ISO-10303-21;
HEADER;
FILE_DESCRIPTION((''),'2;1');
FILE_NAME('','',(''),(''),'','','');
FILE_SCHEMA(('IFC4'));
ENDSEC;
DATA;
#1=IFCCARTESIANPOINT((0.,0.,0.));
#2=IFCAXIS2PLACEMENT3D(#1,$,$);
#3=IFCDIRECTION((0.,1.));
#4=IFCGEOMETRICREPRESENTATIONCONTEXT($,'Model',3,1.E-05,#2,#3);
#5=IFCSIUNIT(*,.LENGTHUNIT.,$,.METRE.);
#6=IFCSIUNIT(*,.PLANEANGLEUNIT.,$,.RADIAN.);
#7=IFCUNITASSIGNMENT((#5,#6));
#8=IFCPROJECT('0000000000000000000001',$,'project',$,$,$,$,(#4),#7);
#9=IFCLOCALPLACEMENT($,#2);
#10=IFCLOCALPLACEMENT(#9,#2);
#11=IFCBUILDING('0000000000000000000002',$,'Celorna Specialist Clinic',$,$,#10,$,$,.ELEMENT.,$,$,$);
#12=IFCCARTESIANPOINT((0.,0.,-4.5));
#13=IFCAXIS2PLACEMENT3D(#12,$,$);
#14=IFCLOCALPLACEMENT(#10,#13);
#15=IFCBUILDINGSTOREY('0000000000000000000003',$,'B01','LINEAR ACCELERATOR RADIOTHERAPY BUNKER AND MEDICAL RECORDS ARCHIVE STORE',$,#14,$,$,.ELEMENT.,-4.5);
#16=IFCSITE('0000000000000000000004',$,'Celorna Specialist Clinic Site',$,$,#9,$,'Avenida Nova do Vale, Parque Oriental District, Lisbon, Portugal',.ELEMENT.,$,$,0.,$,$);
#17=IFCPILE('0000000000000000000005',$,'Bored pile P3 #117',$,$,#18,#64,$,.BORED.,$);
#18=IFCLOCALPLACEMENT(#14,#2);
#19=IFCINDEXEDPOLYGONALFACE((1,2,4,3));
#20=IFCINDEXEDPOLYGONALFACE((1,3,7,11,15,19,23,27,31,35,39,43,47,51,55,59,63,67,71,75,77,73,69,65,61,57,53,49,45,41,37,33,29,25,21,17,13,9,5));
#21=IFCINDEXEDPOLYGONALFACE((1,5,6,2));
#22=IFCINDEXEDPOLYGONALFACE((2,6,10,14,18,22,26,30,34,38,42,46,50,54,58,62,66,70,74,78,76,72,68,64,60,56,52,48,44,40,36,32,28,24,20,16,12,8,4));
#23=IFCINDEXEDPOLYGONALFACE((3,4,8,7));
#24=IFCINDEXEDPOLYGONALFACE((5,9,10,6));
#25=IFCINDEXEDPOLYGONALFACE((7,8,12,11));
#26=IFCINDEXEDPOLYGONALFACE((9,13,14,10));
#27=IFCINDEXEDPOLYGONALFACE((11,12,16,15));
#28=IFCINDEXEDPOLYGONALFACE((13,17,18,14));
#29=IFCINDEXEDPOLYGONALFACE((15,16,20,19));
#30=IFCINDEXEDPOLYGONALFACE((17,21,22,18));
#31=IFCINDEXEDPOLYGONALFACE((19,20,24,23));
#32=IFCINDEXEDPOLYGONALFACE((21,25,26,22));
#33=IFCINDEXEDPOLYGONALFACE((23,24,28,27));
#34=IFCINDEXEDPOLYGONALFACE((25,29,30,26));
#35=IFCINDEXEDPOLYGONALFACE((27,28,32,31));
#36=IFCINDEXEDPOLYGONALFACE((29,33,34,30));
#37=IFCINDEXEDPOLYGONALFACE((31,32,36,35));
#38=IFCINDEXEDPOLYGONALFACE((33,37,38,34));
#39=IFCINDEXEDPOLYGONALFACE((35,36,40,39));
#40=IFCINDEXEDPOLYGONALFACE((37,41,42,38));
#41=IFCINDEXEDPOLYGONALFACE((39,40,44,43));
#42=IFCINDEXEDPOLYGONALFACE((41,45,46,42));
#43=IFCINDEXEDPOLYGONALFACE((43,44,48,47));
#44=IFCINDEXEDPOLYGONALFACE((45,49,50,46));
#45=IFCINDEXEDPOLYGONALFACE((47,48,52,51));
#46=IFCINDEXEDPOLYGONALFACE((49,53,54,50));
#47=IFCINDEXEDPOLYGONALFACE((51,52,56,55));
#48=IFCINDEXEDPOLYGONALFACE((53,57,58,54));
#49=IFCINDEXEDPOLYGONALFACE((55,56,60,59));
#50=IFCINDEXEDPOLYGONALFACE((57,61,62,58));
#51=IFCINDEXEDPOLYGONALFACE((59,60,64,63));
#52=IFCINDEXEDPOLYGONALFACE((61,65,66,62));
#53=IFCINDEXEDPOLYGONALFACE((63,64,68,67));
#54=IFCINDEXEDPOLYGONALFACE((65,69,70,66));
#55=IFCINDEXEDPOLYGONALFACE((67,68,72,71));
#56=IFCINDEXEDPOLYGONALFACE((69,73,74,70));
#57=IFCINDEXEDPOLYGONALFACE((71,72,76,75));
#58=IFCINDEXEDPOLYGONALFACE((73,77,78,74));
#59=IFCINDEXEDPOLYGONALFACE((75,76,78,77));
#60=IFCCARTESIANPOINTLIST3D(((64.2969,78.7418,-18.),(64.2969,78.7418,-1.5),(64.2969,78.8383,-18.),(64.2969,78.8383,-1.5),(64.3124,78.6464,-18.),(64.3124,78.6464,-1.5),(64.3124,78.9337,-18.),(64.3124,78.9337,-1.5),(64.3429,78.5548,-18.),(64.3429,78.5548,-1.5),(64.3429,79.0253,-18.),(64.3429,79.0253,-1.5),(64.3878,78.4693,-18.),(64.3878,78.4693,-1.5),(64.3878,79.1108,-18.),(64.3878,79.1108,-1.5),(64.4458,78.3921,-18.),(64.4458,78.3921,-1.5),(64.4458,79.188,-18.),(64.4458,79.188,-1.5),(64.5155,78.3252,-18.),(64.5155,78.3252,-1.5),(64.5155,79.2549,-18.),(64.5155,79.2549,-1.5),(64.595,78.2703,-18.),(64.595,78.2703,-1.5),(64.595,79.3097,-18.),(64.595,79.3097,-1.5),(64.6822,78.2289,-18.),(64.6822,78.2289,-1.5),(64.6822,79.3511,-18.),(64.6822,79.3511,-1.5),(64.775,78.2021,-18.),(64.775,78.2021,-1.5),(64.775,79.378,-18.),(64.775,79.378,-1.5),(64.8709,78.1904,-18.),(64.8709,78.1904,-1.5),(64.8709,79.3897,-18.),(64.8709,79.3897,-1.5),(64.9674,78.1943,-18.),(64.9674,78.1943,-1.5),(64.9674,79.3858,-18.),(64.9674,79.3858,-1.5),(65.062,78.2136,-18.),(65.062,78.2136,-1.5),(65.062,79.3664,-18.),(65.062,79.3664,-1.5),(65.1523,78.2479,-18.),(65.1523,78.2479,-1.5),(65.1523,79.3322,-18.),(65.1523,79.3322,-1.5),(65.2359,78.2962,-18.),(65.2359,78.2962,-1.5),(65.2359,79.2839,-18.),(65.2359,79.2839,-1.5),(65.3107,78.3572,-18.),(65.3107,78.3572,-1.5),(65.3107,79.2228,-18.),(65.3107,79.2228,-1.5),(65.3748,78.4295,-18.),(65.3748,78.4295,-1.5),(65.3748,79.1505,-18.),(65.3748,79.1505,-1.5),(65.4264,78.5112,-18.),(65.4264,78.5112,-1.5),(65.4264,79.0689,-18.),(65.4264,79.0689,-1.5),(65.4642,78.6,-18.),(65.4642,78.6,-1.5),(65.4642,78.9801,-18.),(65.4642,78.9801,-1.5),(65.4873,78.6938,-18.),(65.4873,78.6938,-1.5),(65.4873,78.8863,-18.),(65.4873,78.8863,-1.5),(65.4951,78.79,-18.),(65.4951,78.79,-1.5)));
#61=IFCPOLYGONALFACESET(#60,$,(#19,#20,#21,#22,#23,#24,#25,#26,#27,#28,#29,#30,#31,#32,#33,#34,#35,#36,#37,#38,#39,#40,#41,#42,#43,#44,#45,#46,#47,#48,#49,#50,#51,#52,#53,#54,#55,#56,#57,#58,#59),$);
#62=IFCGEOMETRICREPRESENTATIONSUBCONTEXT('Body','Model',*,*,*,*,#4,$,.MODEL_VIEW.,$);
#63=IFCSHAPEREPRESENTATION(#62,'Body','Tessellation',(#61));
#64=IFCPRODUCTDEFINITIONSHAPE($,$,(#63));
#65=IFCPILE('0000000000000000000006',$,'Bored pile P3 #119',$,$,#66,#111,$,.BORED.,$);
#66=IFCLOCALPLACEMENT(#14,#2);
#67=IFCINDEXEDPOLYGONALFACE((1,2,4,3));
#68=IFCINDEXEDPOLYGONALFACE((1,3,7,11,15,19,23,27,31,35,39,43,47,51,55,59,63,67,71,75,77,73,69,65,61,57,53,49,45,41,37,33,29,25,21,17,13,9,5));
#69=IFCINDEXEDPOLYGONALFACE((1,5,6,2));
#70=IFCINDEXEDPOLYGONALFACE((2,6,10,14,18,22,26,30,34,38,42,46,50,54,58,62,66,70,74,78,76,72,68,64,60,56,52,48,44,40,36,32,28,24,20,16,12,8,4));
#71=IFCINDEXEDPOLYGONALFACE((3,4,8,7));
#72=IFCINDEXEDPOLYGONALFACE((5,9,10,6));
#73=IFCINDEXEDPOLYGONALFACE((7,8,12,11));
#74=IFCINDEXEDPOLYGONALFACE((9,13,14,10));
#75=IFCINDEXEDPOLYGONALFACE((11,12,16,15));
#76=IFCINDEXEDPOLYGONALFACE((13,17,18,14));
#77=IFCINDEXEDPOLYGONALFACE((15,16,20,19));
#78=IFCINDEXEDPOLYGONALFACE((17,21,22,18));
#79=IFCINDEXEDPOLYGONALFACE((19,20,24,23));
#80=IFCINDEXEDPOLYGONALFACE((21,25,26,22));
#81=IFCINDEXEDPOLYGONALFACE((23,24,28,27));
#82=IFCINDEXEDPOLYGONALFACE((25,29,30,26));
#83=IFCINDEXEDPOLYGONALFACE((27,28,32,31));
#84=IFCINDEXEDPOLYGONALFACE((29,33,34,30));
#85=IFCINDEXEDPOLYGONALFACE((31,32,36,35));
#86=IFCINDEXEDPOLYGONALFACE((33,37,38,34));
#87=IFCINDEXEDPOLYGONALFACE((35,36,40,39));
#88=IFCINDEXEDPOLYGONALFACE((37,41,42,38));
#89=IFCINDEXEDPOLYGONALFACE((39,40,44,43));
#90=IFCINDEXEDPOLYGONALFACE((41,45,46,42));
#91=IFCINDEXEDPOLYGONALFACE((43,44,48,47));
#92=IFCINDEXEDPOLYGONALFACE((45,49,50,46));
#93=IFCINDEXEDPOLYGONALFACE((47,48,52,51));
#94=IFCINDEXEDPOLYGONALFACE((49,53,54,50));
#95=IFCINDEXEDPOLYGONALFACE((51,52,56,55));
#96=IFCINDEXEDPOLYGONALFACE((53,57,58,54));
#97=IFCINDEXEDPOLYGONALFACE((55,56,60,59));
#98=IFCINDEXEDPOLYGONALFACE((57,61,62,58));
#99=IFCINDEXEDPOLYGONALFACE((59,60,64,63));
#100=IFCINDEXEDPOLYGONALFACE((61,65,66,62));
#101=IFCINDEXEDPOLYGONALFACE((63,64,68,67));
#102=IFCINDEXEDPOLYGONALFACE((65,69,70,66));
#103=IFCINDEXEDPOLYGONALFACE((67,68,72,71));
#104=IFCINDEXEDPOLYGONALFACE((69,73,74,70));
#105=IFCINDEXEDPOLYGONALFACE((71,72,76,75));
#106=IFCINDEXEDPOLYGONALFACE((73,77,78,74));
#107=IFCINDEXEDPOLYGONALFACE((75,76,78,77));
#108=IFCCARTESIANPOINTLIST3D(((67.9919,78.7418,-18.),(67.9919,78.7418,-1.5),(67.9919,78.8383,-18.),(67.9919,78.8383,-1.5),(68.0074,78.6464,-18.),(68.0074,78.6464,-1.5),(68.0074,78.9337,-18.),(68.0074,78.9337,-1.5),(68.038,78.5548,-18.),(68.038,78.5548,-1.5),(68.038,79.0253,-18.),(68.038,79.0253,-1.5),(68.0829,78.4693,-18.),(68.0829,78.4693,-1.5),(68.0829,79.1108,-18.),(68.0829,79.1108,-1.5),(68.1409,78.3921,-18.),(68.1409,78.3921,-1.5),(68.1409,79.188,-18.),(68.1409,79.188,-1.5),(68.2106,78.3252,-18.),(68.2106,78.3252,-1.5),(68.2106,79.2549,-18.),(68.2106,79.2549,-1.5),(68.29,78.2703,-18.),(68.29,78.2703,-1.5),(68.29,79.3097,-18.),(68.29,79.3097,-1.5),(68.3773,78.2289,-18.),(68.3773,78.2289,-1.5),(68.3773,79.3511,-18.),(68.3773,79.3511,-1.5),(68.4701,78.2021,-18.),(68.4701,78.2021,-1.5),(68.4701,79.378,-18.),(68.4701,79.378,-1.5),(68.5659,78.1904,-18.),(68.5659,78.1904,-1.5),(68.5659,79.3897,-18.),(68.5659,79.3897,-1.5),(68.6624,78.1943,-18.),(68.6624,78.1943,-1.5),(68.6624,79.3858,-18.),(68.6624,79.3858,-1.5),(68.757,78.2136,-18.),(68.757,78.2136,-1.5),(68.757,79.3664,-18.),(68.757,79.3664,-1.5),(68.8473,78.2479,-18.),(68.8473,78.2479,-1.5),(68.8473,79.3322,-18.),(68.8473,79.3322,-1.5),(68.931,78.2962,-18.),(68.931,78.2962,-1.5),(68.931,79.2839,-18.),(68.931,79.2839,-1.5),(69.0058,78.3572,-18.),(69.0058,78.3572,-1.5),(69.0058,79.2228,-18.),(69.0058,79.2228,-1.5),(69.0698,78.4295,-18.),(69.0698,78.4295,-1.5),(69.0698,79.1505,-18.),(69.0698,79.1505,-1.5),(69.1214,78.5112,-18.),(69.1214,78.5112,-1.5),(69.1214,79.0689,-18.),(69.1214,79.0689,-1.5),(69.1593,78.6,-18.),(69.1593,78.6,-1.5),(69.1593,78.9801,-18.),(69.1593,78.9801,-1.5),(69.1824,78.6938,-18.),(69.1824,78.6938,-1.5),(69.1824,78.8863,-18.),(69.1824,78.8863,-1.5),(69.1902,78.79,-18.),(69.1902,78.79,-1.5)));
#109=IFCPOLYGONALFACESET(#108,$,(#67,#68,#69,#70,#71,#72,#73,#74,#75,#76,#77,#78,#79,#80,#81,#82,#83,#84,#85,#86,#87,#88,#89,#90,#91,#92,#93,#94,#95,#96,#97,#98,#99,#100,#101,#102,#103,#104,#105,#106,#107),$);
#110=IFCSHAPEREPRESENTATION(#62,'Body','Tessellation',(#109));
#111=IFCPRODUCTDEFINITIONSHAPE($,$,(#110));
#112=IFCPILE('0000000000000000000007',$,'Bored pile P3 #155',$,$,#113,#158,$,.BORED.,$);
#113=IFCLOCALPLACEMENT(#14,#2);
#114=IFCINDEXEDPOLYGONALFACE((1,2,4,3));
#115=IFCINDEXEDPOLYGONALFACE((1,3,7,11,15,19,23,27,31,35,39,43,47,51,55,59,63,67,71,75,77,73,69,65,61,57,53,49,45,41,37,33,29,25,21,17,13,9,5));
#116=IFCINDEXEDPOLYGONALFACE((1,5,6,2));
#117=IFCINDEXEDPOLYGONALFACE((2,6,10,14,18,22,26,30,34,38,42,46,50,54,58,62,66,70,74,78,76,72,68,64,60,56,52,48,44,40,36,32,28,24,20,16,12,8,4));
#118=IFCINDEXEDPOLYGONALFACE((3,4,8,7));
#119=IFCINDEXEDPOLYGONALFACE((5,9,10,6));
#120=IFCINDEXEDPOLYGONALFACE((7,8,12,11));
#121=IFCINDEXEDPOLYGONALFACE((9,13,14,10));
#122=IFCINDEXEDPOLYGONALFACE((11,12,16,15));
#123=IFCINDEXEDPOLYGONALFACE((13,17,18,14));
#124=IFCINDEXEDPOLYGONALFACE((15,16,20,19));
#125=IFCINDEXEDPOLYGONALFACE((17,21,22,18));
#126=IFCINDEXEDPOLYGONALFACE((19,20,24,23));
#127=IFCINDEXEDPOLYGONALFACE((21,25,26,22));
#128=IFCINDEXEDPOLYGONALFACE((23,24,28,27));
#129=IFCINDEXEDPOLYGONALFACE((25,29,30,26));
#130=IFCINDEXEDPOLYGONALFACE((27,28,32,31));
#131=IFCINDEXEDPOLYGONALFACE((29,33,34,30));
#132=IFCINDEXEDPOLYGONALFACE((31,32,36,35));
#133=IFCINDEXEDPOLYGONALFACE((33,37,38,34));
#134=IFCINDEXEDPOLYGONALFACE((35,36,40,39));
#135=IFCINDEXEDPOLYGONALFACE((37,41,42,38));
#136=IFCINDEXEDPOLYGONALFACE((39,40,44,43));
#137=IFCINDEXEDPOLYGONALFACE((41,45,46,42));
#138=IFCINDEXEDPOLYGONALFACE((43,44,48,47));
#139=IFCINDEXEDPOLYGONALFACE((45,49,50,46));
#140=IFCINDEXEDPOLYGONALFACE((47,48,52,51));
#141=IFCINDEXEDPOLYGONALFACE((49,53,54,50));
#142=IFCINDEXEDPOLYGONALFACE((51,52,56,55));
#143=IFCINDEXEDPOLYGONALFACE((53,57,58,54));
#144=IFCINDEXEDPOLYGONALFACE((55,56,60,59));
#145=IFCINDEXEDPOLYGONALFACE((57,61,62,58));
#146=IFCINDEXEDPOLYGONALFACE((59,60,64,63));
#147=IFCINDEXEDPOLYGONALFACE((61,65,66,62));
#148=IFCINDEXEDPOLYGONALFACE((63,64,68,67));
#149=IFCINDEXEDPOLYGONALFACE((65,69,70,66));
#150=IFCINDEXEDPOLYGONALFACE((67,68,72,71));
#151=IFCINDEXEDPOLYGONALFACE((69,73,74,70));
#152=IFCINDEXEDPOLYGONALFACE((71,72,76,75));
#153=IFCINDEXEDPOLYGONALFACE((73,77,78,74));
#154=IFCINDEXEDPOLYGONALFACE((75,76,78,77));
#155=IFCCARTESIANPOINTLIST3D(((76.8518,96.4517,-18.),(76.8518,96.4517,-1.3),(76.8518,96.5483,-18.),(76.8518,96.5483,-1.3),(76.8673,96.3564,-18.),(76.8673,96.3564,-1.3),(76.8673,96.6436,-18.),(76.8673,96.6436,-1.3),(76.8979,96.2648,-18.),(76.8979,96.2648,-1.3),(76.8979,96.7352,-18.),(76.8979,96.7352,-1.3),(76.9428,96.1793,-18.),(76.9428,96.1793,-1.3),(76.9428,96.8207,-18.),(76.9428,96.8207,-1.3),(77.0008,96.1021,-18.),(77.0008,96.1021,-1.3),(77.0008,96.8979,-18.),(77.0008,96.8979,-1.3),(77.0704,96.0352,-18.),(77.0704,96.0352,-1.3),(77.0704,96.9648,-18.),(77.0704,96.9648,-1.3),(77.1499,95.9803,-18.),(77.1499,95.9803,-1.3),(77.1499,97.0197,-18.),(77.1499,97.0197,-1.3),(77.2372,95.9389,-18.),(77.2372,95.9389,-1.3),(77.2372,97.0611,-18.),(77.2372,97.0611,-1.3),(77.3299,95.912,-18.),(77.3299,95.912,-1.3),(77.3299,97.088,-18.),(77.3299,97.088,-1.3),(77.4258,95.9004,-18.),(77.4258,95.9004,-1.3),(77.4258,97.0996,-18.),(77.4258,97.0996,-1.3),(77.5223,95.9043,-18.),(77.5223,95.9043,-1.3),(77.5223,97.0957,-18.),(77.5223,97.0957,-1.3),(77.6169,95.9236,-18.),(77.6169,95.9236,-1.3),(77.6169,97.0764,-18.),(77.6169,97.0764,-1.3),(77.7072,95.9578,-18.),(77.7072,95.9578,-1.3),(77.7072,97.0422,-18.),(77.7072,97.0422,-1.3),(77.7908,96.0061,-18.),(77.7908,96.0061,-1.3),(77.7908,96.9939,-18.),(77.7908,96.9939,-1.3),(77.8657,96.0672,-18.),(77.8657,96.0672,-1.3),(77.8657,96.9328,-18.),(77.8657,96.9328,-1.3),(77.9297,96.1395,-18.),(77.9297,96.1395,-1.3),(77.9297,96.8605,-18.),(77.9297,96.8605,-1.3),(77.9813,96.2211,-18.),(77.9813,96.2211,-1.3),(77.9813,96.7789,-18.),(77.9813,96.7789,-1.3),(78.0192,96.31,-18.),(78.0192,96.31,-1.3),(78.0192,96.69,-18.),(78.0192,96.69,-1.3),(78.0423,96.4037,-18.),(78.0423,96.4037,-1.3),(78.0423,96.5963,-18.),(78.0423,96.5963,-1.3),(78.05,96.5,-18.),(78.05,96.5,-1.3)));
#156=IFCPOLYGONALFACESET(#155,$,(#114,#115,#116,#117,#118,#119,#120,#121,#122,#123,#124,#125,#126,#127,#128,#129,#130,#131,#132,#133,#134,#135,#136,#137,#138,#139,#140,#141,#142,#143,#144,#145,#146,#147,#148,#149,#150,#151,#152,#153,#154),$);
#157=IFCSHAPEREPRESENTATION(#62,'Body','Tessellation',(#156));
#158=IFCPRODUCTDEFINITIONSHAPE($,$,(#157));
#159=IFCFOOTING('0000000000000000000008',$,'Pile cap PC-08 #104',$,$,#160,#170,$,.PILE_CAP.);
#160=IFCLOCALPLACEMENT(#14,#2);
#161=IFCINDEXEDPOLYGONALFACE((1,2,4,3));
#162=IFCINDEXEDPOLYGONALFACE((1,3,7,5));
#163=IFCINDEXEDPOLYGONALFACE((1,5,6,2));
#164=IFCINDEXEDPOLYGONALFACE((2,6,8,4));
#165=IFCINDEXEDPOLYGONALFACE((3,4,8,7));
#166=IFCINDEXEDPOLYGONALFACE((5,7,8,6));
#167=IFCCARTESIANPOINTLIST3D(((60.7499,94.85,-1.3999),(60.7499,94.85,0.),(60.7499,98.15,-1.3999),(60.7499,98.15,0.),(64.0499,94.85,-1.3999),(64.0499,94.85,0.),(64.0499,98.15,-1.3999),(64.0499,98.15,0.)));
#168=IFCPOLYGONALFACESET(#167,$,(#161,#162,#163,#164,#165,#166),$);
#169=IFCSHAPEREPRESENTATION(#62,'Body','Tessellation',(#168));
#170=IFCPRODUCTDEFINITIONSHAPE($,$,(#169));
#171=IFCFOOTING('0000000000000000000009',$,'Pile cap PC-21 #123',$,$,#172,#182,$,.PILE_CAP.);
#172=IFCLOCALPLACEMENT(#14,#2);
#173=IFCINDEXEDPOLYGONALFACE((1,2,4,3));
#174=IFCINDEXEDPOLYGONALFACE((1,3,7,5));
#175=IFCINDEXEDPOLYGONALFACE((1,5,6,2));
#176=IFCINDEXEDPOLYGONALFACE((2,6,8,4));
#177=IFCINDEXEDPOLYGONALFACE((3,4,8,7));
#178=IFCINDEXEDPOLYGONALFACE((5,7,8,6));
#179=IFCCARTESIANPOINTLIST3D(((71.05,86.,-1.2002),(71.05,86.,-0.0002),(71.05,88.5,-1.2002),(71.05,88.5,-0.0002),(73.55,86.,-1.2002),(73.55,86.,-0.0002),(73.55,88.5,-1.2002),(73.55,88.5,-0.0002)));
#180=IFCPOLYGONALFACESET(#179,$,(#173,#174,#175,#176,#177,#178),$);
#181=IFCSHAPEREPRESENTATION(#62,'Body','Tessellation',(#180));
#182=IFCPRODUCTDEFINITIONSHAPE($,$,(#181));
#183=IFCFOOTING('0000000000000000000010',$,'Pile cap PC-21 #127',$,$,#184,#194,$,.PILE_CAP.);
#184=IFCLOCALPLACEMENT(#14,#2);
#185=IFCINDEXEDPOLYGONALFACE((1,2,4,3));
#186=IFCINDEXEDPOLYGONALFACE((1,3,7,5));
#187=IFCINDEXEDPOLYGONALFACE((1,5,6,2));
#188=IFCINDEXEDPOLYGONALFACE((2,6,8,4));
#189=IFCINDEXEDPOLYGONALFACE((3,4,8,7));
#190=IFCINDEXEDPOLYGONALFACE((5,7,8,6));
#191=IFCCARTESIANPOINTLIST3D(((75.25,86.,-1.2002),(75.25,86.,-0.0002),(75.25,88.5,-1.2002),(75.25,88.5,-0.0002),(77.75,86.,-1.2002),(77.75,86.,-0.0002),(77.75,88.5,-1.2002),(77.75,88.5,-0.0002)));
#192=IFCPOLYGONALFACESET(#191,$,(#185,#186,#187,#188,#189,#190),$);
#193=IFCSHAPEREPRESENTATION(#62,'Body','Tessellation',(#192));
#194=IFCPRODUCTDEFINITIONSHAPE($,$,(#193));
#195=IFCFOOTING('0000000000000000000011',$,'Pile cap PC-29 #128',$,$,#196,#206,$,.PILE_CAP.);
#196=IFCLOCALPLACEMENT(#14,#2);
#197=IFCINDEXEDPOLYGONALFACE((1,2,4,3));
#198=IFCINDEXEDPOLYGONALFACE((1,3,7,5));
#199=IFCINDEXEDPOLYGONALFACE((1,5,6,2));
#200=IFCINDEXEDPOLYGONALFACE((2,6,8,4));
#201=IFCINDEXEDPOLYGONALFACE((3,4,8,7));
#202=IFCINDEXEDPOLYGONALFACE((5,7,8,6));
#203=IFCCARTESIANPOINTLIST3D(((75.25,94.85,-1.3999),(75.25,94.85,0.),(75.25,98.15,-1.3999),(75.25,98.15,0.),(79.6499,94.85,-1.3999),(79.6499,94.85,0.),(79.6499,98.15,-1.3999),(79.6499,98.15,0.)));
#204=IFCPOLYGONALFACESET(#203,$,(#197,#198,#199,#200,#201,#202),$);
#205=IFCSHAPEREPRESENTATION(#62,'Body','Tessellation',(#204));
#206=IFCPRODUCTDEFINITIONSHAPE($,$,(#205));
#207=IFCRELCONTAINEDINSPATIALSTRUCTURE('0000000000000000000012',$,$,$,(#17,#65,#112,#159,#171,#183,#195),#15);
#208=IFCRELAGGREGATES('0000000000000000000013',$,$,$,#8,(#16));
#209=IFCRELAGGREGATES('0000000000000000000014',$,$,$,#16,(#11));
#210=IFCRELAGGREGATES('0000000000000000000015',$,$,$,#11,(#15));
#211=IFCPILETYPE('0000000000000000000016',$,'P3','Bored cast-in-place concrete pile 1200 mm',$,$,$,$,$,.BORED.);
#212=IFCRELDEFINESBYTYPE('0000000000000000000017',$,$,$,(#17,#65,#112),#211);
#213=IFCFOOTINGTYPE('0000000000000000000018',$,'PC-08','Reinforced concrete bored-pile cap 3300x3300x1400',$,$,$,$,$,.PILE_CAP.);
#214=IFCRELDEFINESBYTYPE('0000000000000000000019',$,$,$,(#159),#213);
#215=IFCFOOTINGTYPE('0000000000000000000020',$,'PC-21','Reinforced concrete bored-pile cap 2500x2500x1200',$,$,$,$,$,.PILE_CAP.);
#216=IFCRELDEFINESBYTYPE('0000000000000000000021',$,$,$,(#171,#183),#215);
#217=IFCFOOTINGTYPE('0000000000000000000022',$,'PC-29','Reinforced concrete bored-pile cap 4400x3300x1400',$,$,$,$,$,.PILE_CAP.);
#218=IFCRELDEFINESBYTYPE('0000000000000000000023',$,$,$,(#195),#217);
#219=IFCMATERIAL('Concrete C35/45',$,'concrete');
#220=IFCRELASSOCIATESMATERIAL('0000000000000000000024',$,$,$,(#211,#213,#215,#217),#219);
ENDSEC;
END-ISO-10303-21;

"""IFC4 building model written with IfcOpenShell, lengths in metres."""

from ifc_helpers import new_model, si_unit, direction, frame, origin, origin_2d, place, context, subcontext, project, spatial, rectangle, circle, extrude, material, material_profile, profile_set, type_object, element, save


model = new_model("IFC4")

# Units and contexts
model_context = context("Model", 3, precision=1e-05, world=origin(), true_north=direction((0.0, 1.0)))
body_context = subcontext(model_context, "Body", "Model", "MODEL_VIEW")
ifc_project = project(units=[si_unit("LENGTHUNIT", "METRE"), si_unit("PLANEANGLEUNIT", "RADIAN")], contexts=[model_context])

# Site, building, storey
site_placement = place(None, origin())
site = spatial("IfcSite", under=ifc_project, at=site_placement, Name="Celorna Specialist Clinic Site", LongName="Avenida Nova do Vale, Parque Oriental District, Lisbon, Portugal", CompositionType="ELEMENT", RefElevation=0.0)
building_placement = place(site_placement, origin())
building = spatial("IfcBuilding", under=site, at=building_placement, Name="Celorna Specialist Clinic", CompositionType="ELEMENT")
storey_placement = place(building_placement, frame((0.0, 0.0, -4.5)))
storey = spatial("IfcBuildingStorey", under=building, at=storey_placement, Name="B01", Description="LINEAR ACCELERATOR RADIOTHERAPY BUNKER AND MEDICAL RECORDS ARCHIVE STORE", CompositionType="ELEMENT", Elevation=-4.5)

# Shared definitions
ifc_material_1 = material(Name="Concrete C35/45", Category="concrete")

# Piles
ifc_material_profile_1 = material_profile(ifc_material_1, circle(Radius=0.6001, at=origin_2d()), Name="BORED PILE 1200")
ifc_profile_set_1 = profile_set([ifc_material_profile_1], Name="Concrete C35/45")
pile_type_1 = type_object("IfcPileType", Name="P3", Description="Bored cast-in-place concrete pile 1200 mm", PredefinedType="BORED", material=ifc_profile_set_1)
for number, where, z_axis, x_axis, name in (
    (1, (64.895, 78.79, -1.5), (0.0, 0.0, -1.0), (1.0, 0.0, 0.0), "Bored pile P3 #117"),
    (2, (68.5901, 78.79, -1.5), (0.0, 0.0, -1.0), (1.0, 0.0, 0.0), "Bored pile P3 #119"),
):
    element("IfcPile", number, at=place(storey_placement, frame(where, z_axis=z_axis, x_axis=x_axis)), inside=storey, type_object=pile_type_1, Name=name, PredefinedType="BORED", context=body_context, shape_type="SweptSolid", body=[
        extrude(circle(Radius=0.6001, at=origin_2d()), origin(), (0.0, 0.0, 1.0), 16.5),
    ])
pile_1_placement = place(storey_placement, frame((77.45, 96.5, -1.3), z_axis=(0.0, 0.0, -1.0), x_axis=(1.0, 0.0, 0.0)))
element("IfcPile", 3, at=pile_1_placement, inside=storey, type_object=pile_type_1, Name="Bored pile P3 #155", PredefinedType="BORED", context=body_context, shape_type="SweptSolid", body=[
    extrude(circle(Radius=0.6001, at=origin_2d()), origin(), (0.0, 0.0, 1.0), 16.7),
])

# Footings
footing_type_1 = type_object("IfcFootingType", Name="PC-08", Description="Reinforced concrete bored-pile cap 3300x3300x1400", PredefinedType="PILE_CAP", material=ifc_material_1)
footing_1_placement = place(storey_placement, frame((62.3999, 96.5, -1.3999), z_axis=(0.0, 0.0, 1.0), x_axis=(1.0, 0.0, 0.0)))
element("IfcFooting", 4, at=footing_1_placement, inside=storey, type_object=footing_type_1, Name="Pile cap PC-08 #104", PredefinedType="PILE_CAP", context=body_context, shape_type="SweptSolid", body=[
    extrude(rectangle(XDim=3.3, YDim=3.3, at=origin_2d()), origin(), (0.0, 0.0, 1.0), 1.3999),
])
footing_type_2 = type_object("IfcFootingType", Name="PC-21", Description="Reinforced concrete bored-pile cap 2500x2500x1200", PredefinedType="PILE_CAP", material=ifc_material_1)
for number, where, z_axis, x_axis, name in (
    (5, (72.3, 87.25, -1.2002), (0.0, 0.0, 1.0), (1.0, 0.0, 0.0), "Pile cap PC-21 #123"),
    (6, (76.5, 87.25, -1.2002), (0.0, 0.0, 1.0), (1.0, 0.0, 0.0), "Pile cap PC-21 #127"),
):
    element("IfcFooting", number, at=place(storey_placement, frame(where, z_axis=z_axis, x_axis=x_axis)), inside=storey, type_object=footing_type_2, Name=name, PredefinedType="PILE_CAP", context=body_context, shape_type="SweptSolid", body=[
        extrude(rectangle(XDim=2.5, YDim=2.5, at=origin_2d()), origin(), (0.0, 0.0, 1.0), 1.2),
    ])
footing_type_3 = type_object("IfcFootingType", Name="PC-29", Description="Reinforced concrete bored-pile cap 4400x3300x1400", PredefinedType="PILE_CAP", material=ifc_material_1)
footing_2_placement = place(storey_placement, frame((77.45, 96.5, -1.3999), z_axis=(0.0, 0.0, 1.0), x_axis=(1.0, 0.0, 0.0)))
element("IfcFooting", 7, at=footing_2_placement, inside=storey, type_object=footing_type_3, Name="Pile cap PC-29 #128", PredefinedType="PILE_CAP", context=body_context, shape_type="SweptSolid", body=[
    extrude(rectangle(XDim=4.3999, YDim=3.3, at=origin_2d()), origin(), (0.0, 0.0, 1.0), 1.3999),
])

save(model, "model.ifc")
